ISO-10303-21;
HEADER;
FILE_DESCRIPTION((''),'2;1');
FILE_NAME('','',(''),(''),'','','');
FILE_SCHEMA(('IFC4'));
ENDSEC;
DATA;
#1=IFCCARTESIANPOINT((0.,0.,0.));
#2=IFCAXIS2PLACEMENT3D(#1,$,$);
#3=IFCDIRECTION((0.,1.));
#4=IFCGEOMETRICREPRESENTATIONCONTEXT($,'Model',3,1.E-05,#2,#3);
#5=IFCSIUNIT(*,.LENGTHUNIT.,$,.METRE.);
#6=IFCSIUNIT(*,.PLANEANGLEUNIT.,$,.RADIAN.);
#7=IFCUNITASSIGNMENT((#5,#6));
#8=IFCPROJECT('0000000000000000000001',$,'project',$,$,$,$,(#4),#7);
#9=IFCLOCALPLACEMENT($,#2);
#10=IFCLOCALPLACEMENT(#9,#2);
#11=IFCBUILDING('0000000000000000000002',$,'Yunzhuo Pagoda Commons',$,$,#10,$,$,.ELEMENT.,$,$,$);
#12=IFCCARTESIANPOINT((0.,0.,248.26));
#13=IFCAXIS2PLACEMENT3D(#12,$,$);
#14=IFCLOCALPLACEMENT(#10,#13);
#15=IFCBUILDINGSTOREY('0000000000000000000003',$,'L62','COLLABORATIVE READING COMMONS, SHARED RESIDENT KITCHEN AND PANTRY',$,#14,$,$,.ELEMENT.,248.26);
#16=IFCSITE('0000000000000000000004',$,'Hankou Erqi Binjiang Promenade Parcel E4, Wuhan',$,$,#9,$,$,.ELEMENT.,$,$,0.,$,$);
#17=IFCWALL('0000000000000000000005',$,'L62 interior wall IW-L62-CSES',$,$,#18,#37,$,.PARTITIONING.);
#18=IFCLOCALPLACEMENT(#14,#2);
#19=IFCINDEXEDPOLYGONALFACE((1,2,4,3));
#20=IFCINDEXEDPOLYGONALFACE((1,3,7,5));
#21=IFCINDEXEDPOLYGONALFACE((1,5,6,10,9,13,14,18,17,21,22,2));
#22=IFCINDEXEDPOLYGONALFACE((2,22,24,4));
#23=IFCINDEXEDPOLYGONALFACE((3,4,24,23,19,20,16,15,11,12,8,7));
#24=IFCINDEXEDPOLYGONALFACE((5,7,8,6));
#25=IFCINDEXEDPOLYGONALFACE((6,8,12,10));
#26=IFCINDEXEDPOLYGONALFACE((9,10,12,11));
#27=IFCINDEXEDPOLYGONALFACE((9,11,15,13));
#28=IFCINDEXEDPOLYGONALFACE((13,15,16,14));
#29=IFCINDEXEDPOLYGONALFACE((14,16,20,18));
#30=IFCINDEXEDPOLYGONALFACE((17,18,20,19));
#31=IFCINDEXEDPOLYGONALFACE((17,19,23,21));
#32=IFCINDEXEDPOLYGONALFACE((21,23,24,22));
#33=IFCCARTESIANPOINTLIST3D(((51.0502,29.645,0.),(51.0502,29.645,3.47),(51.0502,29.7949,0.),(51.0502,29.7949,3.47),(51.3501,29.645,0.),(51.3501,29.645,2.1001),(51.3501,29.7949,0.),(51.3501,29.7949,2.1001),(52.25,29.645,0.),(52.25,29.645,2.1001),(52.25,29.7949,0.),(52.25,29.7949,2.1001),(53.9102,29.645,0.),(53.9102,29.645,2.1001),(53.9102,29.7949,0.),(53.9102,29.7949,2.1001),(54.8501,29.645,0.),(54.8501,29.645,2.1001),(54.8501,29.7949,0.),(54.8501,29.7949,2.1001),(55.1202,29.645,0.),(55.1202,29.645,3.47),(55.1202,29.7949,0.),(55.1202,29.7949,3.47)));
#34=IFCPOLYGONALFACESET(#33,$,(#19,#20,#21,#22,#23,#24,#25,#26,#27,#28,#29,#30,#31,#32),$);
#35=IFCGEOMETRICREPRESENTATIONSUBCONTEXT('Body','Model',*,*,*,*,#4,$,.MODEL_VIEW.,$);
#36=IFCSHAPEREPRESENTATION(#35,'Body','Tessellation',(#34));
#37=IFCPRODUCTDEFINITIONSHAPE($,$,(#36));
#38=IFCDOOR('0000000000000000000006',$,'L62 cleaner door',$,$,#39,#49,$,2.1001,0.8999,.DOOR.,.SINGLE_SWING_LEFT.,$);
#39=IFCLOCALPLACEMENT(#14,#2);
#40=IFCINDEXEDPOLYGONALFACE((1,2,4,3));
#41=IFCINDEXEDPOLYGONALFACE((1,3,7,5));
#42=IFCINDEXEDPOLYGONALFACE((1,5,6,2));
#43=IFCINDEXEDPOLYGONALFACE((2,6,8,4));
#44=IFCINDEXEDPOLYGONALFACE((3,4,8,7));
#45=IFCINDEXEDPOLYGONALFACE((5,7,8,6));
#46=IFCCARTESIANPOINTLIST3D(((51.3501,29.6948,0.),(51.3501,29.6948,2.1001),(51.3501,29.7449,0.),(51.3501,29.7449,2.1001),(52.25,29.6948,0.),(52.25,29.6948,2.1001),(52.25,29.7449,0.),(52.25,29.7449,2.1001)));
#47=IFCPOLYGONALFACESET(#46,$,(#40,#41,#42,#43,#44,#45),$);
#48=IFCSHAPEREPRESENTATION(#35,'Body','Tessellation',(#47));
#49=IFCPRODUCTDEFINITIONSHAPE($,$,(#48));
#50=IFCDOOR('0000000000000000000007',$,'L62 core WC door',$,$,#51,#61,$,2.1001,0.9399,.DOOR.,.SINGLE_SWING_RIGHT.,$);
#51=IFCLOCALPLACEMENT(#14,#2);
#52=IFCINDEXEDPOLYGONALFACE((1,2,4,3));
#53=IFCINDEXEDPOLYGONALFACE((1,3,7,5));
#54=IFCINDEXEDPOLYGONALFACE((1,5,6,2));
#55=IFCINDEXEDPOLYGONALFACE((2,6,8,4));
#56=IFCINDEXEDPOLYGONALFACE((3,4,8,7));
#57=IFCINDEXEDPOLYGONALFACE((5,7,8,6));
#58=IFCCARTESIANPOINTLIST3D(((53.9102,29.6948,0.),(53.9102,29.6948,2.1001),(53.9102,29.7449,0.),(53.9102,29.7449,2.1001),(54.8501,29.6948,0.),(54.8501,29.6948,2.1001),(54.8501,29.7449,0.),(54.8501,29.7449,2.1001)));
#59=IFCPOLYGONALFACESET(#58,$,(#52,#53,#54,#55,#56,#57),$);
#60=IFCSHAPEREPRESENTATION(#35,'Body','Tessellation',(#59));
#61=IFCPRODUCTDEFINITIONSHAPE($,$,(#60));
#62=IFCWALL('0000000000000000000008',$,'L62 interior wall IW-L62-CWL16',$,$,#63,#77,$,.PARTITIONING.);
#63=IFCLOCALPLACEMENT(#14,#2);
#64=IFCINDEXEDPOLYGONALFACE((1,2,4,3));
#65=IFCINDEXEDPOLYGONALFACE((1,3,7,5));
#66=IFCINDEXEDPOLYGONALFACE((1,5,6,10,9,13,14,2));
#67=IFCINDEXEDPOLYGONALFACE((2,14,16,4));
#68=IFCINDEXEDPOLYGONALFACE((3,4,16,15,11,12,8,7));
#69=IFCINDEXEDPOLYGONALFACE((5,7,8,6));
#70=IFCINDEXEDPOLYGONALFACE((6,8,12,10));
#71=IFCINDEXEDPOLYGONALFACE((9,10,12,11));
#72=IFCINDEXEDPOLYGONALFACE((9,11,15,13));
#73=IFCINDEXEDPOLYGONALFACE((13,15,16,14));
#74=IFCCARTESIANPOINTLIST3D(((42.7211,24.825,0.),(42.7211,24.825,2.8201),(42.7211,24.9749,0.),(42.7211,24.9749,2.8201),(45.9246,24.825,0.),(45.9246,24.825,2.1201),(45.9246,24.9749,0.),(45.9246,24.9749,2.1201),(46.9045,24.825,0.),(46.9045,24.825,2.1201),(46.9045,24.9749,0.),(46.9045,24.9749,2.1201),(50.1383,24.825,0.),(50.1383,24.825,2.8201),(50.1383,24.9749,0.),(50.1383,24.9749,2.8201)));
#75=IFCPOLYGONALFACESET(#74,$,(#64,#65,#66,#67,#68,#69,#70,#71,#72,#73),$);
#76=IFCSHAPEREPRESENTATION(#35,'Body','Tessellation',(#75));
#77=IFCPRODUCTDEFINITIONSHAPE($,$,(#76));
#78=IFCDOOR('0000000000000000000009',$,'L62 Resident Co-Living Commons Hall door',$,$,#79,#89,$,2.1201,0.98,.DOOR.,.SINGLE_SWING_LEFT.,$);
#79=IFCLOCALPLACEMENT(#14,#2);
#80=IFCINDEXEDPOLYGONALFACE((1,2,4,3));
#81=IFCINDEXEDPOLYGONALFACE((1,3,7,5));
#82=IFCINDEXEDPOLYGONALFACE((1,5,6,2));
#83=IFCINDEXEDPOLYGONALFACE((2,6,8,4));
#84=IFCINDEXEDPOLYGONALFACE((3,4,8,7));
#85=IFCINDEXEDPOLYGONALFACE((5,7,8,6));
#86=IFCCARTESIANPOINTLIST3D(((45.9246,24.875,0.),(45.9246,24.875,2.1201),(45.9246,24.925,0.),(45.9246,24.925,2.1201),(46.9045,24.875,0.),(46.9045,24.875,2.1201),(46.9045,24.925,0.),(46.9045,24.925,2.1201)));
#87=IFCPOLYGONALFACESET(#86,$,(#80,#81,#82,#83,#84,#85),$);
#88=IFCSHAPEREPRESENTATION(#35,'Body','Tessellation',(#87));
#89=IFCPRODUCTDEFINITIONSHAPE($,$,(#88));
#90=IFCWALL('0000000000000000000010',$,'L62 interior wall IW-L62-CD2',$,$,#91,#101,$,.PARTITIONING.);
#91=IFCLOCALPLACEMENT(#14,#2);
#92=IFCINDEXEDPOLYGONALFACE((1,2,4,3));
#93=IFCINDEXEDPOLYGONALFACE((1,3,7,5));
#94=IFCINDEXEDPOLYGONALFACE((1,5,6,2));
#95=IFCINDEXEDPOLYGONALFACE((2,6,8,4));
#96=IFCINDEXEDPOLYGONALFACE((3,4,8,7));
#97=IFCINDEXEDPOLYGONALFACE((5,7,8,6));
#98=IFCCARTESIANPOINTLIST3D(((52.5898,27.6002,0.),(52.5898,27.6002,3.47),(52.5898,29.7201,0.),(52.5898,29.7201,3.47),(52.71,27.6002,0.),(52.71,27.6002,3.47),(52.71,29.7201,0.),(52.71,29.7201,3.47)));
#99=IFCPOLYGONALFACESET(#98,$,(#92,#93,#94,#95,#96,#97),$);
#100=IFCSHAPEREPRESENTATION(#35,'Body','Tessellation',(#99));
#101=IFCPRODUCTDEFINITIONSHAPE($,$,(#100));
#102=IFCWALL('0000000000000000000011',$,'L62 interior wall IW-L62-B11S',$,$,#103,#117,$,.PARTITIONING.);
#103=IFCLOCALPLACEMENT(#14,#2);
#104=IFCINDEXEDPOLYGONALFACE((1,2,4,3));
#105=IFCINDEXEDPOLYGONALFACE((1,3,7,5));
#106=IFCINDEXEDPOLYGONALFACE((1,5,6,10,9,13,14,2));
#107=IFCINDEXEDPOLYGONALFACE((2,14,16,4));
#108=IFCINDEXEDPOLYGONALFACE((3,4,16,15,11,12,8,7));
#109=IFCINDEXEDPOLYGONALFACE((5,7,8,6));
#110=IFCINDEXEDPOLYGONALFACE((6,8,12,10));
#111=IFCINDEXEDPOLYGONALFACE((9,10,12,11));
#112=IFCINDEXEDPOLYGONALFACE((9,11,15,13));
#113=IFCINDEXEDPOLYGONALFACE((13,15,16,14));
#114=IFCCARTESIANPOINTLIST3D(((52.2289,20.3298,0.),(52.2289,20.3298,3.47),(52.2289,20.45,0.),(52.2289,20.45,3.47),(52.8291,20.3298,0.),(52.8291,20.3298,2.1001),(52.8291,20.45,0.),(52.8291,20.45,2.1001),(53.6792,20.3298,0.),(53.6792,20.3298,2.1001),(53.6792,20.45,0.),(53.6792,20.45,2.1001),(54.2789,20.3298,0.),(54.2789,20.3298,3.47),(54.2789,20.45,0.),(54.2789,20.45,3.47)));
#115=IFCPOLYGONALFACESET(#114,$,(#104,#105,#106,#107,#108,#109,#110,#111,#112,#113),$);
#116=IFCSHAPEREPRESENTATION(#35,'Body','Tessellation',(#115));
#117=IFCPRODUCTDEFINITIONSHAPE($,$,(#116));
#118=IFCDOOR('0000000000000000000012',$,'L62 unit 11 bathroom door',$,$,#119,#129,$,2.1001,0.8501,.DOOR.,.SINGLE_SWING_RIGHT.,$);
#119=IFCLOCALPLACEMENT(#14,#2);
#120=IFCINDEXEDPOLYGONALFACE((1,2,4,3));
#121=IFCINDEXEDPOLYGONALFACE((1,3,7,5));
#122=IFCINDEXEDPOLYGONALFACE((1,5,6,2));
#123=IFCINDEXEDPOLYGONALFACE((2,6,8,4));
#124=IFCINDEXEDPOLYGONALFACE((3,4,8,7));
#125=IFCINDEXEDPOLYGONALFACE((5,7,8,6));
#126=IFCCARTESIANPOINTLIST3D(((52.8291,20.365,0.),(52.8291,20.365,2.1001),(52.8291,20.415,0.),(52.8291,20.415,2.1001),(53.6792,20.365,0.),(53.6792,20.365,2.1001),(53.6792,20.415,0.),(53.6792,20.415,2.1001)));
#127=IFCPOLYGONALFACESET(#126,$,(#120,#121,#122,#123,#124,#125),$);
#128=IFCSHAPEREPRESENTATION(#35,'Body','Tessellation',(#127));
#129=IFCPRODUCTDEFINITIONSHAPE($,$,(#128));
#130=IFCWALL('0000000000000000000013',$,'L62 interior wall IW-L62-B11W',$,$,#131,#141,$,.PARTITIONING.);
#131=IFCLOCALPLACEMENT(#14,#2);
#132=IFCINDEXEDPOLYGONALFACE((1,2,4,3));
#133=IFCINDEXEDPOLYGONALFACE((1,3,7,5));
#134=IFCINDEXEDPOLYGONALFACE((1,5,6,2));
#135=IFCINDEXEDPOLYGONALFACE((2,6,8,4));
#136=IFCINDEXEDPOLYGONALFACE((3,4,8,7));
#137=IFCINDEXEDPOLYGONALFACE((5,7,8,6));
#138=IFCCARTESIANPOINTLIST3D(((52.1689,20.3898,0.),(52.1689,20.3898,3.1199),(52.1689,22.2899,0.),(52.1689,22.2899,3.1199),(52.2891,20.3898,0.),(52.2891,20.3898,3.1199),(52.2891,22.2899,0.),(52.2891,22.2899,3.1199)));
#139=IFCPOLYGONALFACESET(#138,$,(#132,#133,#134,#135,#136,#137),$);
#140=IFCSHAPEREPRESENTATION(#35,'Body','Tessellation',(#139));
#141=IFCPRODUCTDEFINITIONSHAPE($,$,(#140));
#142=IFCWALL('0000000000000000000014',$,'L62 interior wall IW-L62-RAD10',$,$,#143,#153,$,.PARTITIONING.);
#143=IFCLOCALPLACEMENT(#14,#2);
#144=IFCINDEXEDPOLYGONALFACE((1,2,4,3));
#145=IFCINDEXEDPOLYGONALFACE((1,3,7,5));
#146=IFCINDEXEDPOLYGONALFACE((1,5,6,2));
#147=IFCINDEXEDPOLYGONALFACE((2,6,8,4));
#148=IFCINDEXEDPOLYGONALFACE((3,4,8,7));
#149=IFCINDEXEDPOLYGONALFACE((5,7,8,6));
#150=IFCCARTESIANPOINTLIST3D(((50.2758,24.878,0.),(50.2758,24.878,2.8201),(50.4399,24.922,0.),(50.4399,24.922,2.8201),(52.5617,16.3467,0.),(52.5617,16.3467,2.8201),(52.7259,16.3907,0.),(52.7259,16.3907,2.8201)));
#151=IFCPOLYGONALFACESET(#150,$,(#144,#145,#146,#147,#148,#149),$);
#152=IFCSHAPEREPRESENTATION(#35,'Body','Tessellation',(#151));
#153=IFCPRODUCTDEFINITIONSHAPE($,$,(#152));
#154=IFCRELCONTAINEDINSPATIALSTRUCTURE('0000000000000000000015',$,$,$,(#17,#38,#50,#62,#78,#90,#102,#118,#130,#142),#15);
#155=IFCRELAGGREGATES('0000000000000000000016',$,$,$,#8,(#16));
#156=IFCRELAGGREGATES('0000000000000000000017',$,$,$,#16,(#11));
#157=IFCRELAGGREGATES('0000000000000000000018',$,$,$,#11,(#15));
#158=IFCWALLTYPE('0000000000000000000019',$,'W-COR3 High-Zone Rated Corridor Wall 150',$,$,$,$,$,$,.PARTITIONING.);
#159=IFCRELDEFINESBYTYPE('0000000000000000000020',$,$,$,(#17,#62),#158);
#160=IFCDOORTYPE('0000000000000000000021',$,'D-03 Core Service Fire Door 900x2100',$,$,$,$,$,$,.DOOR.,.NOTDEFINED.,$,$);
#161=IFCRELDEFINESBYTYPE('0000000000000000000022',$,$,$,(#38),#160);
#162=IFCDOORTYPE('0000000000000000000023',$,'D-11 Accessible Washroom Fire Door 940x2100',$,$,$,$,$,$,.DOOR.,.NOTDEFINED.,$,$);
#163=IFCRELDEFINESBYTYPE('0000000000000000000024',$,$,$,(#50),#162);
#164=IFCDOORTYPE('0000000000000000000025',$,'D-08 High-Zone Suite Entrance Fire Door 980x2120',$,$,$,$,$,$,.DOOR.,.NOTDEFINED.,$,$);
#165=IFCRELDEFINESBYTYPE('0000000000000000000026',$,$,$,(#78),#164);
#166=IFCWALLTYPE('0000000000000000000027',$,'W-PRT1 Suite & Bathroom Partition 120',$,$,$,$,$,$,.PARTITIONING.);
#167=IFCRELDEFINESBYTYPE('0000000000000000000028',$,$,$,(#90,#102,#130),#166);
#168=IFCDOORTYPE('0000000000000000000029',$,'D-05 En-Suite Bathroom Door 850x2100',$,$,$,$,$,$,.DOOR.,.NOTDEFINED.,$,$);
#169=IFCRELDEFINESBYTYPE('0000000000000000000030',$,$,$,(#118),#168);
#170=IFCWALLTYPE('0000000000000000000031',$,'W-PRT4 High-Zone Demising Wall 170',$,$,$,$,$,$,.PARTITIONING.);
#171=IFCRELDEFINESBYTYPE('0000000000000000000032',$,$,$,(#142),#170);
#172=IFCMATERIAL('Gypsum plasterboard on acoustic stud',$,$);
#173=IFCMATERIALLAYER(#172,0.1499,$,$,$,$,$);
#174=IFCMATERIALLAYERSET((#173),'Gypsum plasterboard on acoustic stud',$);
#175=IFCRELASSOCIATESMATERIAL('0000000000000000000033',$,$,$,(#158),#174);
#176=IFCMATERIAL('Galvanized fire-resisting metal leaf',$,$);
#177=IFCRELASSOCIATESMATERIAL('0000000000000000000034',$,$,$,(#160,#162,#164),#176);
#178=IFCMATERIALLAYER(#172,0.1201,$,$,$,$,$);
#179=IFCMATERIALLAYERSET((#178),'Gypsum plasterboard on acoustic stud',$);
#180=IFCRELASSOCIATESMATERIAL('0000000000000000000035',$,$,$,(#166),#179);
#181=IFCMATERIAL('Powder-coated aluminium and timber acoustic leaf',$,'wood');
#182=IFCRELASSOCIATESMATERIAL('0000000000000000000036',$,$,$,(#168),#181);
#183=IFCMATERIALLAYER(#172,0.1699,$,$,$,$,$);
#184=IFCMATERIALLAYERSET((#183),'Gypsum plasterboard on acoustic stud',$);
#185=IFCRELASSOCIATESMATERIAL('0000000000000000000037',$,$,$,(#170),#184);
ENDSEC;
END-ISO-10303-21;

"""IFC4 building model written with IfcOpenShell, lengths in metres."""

from ifc_helpers import new_model, si_unit, direction, frame, frame_2d, origin, origin_with_axes, place, context, subcontext, project, spatial, rectangle, extrude, source, transform, mapped, material, layer, layer_set, type_object, element, fill, save


model = new_model("IFC4")

# Units and contexts
model_context = context("Model", 3, precision=1e-05, world=origin(), true_north=direction((0.0, 1.0)))
body_context = subcontext(model_context, "Body", "Model", "MODEL_VIEW")
ifc_project = project(units=[si_unit("LENGTHUNIT", "METRE"), si_unit("PLANEANGLEUNIT", "RADIAN")], contexts=[model_context])

# Site, building, storey
site_placement = place(None, origin())
site = spatial("IfcSite", under=ifc_project, at=site_placement, Name="Hankou Erqi Binjiang Promenade Parcel E4, Wuhan", CompositionType="ELEMENT", RefElevation=0.0)
building_placement = place(site_placement, origin())
building = spatial("IfcBuilding", under=site, at=building_placement, Name="Yunzhuo Pagoda Commons", CompositionType="ELEMENT")
storey_placement = place(building_placement, frame((0.0, 0.0, 248.26)))
storey = spatial("IfcBuildingStorey", under=building, at=storey_placement, Name="L62", Description="COLLABORATIVE READING COMMONS, SHARED RESIDENT KITCHEN AND PANTRY", CompositionType="ELEMENT", Elevation=248.26)

# Wall, openings, doors
ifc_material_1 = material(Name="Gypsum plasterboard on acoustic stud")
ifc_layer_1 = layer(ifc_material_1, 0.1499)
ifc_layer_set_1 = layer_set([ifc_layer_1], Name="Gypsum plasterboard on acoustic stud")
wall_type_1 = type_object("IfcWallType", Name="W-COR3 High-Zone Rated Corridor Wall 150", PredefinedType="PARTITIONING", material=ifc_layer_set_1)
wall_1_placement = place(storey_placement, frame((51.05, 29.72, 0.0), z_axis=(0.0, 0.0, 1.0), x_axis=(1.0, 0.0, 0.0)))
wall_1 = element("IfcWall", 1, at=wall_1_placement, inside=storey, type_object=wall_type_1, Name="L62 interior wall IW-L62-CSES", PredefinedType="PARTITIONING", context=body_context, shape_type="SweptSolid", body=[
    extrude(rectangle(XDim=4.0701, YDim=0.1499, at=frame_2d((2.0352, 0.0))), origin(), (0.0, 0.0, 1.0), 3.47),
])
opening_1_placement = place(wall_1_placement, frame((0.3, 0.0, 0.0)))
opening_1 = element("IfcOpeningElement", 2, at=opening_1_placement, cuts=wall_1, PredefinedType="OPENING", context=body_context, shape_type="SweptSolid", body=[
    extrude(rectangle(XDim=0.8999, YDim=2.1001, at=frame_2d((0.45, 1.05))), frame((0.0, 0.085, 0.0), z_axis=(0.0, -1.0, 0.0), x_axis=(1.0, 0.0, 0.0)), (0.0, 0.0, 1.0), 0.1699),
])
opening_2_placement = place(wall_1_placement, frame((2.8601, 0.0, 0.0)))
opening_2 = element("IfcOpeningElement", 3, at=opening_2_placement, cuts=wall_1, PredefinedType="OPENING", context=body_context, shape_type="SweptSolid", body=[
    extrude(rectangle(XDim=0.9399, YDim=2.1001, at=frame_2d((0.47, 1.05))), frame((0.0, 0.085, 0.0), z_axis=(0.0, -1.0, 0.0), x_axis=(1.0, 0.0, 0.0)), (0.0, 0.0, 1.0), 0.1699),
])
ifc_material_2 = material(Name="Galvanized fire-resisting metal leaf")
door_type_1 = type_object("IfcDoorType", Name="D-03 Core Service Fire Door 900x2100", OperationType="NOTDEFINED", PredefinedType="DOOR", material=ifc_material_2)
shared_shape_1 = source(origin(), body_context, "Body", "SweptSolid", [
    extrude(rectangle(XDim=0.8999, YDim=2.1001, at=frame_2d((0.45, 1.05))), frame((0.0, 0.0249, 0.0), z_axis=(0.0, -1.0, 0.0), x_axis=(1.0, 0.0, 0.0)), (0.0, 0.0, 1.0), 0.05),
])
door_1_placement = place(opening_1_placement, origin_with_axes())
door_1 = element("IfcDoor", 4, at=door_1_placement, inside=storey, type_object=door_type_1, Name="L62 cleaner door", OperationType="SINGLE_SWING_LEFT", OverallHeight=2.1001, OverallWidth=0.8999, PredefinedType="DOOR", context=body_context, shape_type="MappedRepresentation", body=[
    mapped(shared_shape_1, transform((0.0, 0.0, 0.0), scale=1.0)),
])
fill(opening_1, door_1)
door_type_2 = type_object("IfcDoorType", Name="D-11 Accessible Washroom Fire Door 940x2100", OperationType="NOTDEFINED", PredefinedType="DOOR", material=ifc_material_2)
shared_shape_2 = source(origin(), body_context, "Body", "SweptSolid", [
    extrude(rectangle(XDim=0.9399, YDim=2.1001, at=frame_2d((0.47, 1.05))), frame((0.0, 0.0249, 0.0), z_axis=(0.0, -1.0, 0.0), x_axis=(1.0, 0.0, 0.0)), (0.0, 0.0, 1.0), 0.05),
])
door_2_placement = place(opening_2_placement, origin_with_axes())
door_2 = element("IfcDoor", 5, at=door_2_placement, inside=storey, type_object=door_type_2, Name="L62 core WC door", OperationType="SINGLE_SWING_RIGHT", OverallHeight=2.1001, OverallWidth=0.9399, PredefinedType="DOOR", context=body_context, shape_type="MappedRepresentation", body=[
    mapped(shared_shape_2, transform((0.0, 0.0, 0.0), scale=1.0)),
])
fill(opening_2, door_2)

# Wall, opening, door
wall_2_placement = place(storey_placement, frame((50.1382, 24.8999, 0.0), z_axis=(0.0, 0.0, 1.0), x_axis=(-1.0, 0.0, 0.0)))
wall_2 = element("IfcWall", 6, at=wall_2_placement, inside=storey, type_object=wall_type_1, Name="L62 interior wall IW-L62-CWL16", PredefinedType="PARTITIONING", context=body_context, shape_type="SweptSolid", body=[
    extrude(rectangle(XDim=7.4172, YDim=0.1499, at=frame_2d((3.7085, 0.0))), origin(), (0.0, 0.0, 1.0), 2.8201),
])
opening_3_placement = place(wall_2_placement, frame((3.2336, 0.0, 0.0)))
opening_3 = element("IfcOpeningElement", 7, at=opening_3_placement, cuts=wall_2, PredefinedType="OPENING", context=body_context, shape_type="SweptSolid", body=[
    extrude(rectangle(XDim=0.98, YDim=2.1201, at=frame_2d((0.49, 1.0601))), frame((0.0, 0.085, 0.0), z_axis=(0.0, -1.0, 0.0), x_axis=(1.0, 0.0, 0.0)), (0.0, 0.0, 1.0), 0.1699),
])
door_type_3 = type_object("IfcDoorType", Name="D-08 High-Zone Suite Entrance Fire Door 980x2120", OperationType="NOTDEFINED", PredefinedType="DOOR", material=ifc_material_2)
shared_shape_3 = source(origin(), body_context, "Body", "SweptSolid", [
    extrude(rectangle(XDim=0.98, YDim=2.1201, at=frame_2d((0.49, 1.0601))), frame((0.0, 0.0249, 0.0), z_axis=(0.0, -1.0, 0.0), x_axis=(1.0, 0.0, 0.0)), (0.0, 0.0, 1.0), 0.05),
])
door_3_placement = place(opening_3_placement, origin_with_axes())
door_3 = element("IfcDoor", 8, at=door_3_placement, inside=storey, type_object=door_type_3, Name="L62 Resident Co-Living Commons Hall door", OperationType="SINGLE_SWING_LEFT", OverallHeight=2.1201, OverallWidth=0.98, PredefinedType="DOOR", context=body_context, shape_type="MappedRepresentation", body=[
    mapped(shared_shape_3, transform((0.0, 0.0, 0.0), scale=1.0)),
])
fill(opening_3, door_3)

# Wall
ifc_layer_2 = layer(ifc_material_1, 0.1201)
ifc_layer_set_2 = layer_set([ifc_layer_2], Name="Gypsum plasterboard on acoustic stud")
wall_type_2 = type_object("IfcWallType", Name="W-PRT1 Suite & Bathroom Partition 120", PredefinedType="PARTITIONING", material=ifc_layer_set_2)
wall_3_placement = place(storey_placement, frame((52.6499, 27.6001, 0.0), z_axis=(0.0, 0.0, 1.0), x_axis=(0.0, 1.0, 0.0)))
element("IfcWall", 9, at=wall_3_placement, inside=storey, type_object=wall_type_2, Name="L62 interior wall IW-L62-CD2", PredefinedType="PARTITIONING", context=body_context, shape_type="SweptSolid", body=[
    extrude(rectangle(XDim=2.1199, YDim=0.1201, at=frame_2d((1.0601, 0.0))), origin(), (0.0, 0.0, 1.0), 3.47),
])

# Wall, opening, door
wall_4_placement = place(storey_placement, frame((52.229, 20.3899, 0.0), z_axis=(0.0, 0.0, 1.0), x_axis=(1.0, 0.0, 0.0)))
wall_4 = element("IfcWall", 10, at=wall_4_placement, inside=storey, type_object=wall_type_2, Name="L62 interior wall IW-L62-B11S", PredefinedType="PARTITIONING", context=body_context, shape_type="SweptSolid", body=[
    extrude(rectangle(XDim=2.05, YDim=0.1201, at=frame_2d((1.0249, 0.0))), origin(), (0.0, 0.0, 1.0), 3.47),
])
opening_4_placement = place(wall_4_placement, frame((0.6001, 0.0, 0.0)))
opening_4 = element("IfcOpeningElement", 11, at=opening_4_placement, cuts=wall_4, PredefinedType="OPENING", context=body_context, shape_type="SweptSolid", body=[
    extrude(rectangle(XDim=0.8501, YDim=2.1001, at=frame_2d((0.425, 1.05))), frame((0.0, 0.0701, 0.0), z_axis=(0.0, -1.0, 0.0), x_axis=(1.0, 0.0, 0.0)), (0.0, 0.0, 1.0), 0.1401),
])
ifc_material_3 = material(Name="Powder-coated aluminium and timber acoustic leaf", Category="wood")
door_type_4 = type_object("IfcDoorType", Name="D-05 En-Suite Bathroom Door 850x2100", OperationType="NOTDEFINED", PredefinedType="DOOR", material=ifc_material_3)
shared_shape_4 = source(origin(), body_context, "Body", "SweptSolid", [
    extrude(rectangle(XDim=0.8501, YDim=2.1001, at=frame_2d((0.425, 1.05))), frame((0.0, 0.0249, 0.0), z_axis=(0.0, -1.0, 0.0), x_axis=(1.0, 0.0, 0.0)), (0.0, 0.0, 1.0), 0.05),
])
door_4_placement = place(opening_4_placement, frame((0.8501, 0.0, 0.0), z_axis=(0.0, 0.0, 1.0), x_axis=(-1.0, 0.0, 0.0)))
door_4 = element("IfcDoor", 12, at=door_4_placement, inside=storey, type_object=door_type_4, Name="L62 unit 11 bathroom door", OperationType="SINGLE_SWING_RIGHT", OverallHeight=2.1001, OverallWidth=0.8501, PredefinedType="DOOR", context=body_context, shape_type="MappedRepresentation", body=[
    mapped(shared_shape_4, transform((0.0, 0.0, 0.0), scale=1.0)),
])
fill(opening_4, door_4)

# Walls
wall_5_placement = place(storey_placement, frame((52.229, 22.29, 0.0), z_axis=(0.0, 0.0, 1.0), x_axis=(0.0, -1.0, 0.0)))
element("IfcWall", 13, at=wall_5_placement, inside=storey, type_object=wall_type_2, Name="L62 interior wall IW-L62-B11W", PredefinedType="PARTITIONING", context=body_context, shape_type="SweptSolid", body=[
    extrude(rectangle(XDim=1.9001, YDim=0.1201, at=frame_2d((0.9502, 0.0))), origin(), (0.0, 0.0, 1.0), 3.1199),
])
ifc_layer_3 = layer(ifc_material_1, 0.1699)
ifc_layer_set_3 = layer_set([ifc_layer_3], Name="Gypsum plasterboard on acoustic stud")
wall_type_3 = type_object("IfcWallType", Name="W-PRT4 High-Zone Demising Wall 170", PredefinedType="PARTITIONING", material=ifc_layer_set_3)
wall_6_placement = place(storey_placement, frame((50.3579, 24.8999, 0.0), z_axis=(0.0, 0.0, 1.0), x_axis=(0.258813, -0.965927, 0.0)))
element("IfcWall", 14, at=wall_6_placement, inside=storey, type_object=wall_type_3, Name="L62 interior wall IW-L62-RAD10", PredefinedType="PARTITIONING", context=body_context, shape_type="SweptSolid", body=[
    extrude(rectangle(XDim=8.8323, YDim=0.1699, at=frame_2d((4.416, 0.0))), origin(), (0.0, 0.0, 1.0), 2.8201),
])

save(model, "model.ifc")
